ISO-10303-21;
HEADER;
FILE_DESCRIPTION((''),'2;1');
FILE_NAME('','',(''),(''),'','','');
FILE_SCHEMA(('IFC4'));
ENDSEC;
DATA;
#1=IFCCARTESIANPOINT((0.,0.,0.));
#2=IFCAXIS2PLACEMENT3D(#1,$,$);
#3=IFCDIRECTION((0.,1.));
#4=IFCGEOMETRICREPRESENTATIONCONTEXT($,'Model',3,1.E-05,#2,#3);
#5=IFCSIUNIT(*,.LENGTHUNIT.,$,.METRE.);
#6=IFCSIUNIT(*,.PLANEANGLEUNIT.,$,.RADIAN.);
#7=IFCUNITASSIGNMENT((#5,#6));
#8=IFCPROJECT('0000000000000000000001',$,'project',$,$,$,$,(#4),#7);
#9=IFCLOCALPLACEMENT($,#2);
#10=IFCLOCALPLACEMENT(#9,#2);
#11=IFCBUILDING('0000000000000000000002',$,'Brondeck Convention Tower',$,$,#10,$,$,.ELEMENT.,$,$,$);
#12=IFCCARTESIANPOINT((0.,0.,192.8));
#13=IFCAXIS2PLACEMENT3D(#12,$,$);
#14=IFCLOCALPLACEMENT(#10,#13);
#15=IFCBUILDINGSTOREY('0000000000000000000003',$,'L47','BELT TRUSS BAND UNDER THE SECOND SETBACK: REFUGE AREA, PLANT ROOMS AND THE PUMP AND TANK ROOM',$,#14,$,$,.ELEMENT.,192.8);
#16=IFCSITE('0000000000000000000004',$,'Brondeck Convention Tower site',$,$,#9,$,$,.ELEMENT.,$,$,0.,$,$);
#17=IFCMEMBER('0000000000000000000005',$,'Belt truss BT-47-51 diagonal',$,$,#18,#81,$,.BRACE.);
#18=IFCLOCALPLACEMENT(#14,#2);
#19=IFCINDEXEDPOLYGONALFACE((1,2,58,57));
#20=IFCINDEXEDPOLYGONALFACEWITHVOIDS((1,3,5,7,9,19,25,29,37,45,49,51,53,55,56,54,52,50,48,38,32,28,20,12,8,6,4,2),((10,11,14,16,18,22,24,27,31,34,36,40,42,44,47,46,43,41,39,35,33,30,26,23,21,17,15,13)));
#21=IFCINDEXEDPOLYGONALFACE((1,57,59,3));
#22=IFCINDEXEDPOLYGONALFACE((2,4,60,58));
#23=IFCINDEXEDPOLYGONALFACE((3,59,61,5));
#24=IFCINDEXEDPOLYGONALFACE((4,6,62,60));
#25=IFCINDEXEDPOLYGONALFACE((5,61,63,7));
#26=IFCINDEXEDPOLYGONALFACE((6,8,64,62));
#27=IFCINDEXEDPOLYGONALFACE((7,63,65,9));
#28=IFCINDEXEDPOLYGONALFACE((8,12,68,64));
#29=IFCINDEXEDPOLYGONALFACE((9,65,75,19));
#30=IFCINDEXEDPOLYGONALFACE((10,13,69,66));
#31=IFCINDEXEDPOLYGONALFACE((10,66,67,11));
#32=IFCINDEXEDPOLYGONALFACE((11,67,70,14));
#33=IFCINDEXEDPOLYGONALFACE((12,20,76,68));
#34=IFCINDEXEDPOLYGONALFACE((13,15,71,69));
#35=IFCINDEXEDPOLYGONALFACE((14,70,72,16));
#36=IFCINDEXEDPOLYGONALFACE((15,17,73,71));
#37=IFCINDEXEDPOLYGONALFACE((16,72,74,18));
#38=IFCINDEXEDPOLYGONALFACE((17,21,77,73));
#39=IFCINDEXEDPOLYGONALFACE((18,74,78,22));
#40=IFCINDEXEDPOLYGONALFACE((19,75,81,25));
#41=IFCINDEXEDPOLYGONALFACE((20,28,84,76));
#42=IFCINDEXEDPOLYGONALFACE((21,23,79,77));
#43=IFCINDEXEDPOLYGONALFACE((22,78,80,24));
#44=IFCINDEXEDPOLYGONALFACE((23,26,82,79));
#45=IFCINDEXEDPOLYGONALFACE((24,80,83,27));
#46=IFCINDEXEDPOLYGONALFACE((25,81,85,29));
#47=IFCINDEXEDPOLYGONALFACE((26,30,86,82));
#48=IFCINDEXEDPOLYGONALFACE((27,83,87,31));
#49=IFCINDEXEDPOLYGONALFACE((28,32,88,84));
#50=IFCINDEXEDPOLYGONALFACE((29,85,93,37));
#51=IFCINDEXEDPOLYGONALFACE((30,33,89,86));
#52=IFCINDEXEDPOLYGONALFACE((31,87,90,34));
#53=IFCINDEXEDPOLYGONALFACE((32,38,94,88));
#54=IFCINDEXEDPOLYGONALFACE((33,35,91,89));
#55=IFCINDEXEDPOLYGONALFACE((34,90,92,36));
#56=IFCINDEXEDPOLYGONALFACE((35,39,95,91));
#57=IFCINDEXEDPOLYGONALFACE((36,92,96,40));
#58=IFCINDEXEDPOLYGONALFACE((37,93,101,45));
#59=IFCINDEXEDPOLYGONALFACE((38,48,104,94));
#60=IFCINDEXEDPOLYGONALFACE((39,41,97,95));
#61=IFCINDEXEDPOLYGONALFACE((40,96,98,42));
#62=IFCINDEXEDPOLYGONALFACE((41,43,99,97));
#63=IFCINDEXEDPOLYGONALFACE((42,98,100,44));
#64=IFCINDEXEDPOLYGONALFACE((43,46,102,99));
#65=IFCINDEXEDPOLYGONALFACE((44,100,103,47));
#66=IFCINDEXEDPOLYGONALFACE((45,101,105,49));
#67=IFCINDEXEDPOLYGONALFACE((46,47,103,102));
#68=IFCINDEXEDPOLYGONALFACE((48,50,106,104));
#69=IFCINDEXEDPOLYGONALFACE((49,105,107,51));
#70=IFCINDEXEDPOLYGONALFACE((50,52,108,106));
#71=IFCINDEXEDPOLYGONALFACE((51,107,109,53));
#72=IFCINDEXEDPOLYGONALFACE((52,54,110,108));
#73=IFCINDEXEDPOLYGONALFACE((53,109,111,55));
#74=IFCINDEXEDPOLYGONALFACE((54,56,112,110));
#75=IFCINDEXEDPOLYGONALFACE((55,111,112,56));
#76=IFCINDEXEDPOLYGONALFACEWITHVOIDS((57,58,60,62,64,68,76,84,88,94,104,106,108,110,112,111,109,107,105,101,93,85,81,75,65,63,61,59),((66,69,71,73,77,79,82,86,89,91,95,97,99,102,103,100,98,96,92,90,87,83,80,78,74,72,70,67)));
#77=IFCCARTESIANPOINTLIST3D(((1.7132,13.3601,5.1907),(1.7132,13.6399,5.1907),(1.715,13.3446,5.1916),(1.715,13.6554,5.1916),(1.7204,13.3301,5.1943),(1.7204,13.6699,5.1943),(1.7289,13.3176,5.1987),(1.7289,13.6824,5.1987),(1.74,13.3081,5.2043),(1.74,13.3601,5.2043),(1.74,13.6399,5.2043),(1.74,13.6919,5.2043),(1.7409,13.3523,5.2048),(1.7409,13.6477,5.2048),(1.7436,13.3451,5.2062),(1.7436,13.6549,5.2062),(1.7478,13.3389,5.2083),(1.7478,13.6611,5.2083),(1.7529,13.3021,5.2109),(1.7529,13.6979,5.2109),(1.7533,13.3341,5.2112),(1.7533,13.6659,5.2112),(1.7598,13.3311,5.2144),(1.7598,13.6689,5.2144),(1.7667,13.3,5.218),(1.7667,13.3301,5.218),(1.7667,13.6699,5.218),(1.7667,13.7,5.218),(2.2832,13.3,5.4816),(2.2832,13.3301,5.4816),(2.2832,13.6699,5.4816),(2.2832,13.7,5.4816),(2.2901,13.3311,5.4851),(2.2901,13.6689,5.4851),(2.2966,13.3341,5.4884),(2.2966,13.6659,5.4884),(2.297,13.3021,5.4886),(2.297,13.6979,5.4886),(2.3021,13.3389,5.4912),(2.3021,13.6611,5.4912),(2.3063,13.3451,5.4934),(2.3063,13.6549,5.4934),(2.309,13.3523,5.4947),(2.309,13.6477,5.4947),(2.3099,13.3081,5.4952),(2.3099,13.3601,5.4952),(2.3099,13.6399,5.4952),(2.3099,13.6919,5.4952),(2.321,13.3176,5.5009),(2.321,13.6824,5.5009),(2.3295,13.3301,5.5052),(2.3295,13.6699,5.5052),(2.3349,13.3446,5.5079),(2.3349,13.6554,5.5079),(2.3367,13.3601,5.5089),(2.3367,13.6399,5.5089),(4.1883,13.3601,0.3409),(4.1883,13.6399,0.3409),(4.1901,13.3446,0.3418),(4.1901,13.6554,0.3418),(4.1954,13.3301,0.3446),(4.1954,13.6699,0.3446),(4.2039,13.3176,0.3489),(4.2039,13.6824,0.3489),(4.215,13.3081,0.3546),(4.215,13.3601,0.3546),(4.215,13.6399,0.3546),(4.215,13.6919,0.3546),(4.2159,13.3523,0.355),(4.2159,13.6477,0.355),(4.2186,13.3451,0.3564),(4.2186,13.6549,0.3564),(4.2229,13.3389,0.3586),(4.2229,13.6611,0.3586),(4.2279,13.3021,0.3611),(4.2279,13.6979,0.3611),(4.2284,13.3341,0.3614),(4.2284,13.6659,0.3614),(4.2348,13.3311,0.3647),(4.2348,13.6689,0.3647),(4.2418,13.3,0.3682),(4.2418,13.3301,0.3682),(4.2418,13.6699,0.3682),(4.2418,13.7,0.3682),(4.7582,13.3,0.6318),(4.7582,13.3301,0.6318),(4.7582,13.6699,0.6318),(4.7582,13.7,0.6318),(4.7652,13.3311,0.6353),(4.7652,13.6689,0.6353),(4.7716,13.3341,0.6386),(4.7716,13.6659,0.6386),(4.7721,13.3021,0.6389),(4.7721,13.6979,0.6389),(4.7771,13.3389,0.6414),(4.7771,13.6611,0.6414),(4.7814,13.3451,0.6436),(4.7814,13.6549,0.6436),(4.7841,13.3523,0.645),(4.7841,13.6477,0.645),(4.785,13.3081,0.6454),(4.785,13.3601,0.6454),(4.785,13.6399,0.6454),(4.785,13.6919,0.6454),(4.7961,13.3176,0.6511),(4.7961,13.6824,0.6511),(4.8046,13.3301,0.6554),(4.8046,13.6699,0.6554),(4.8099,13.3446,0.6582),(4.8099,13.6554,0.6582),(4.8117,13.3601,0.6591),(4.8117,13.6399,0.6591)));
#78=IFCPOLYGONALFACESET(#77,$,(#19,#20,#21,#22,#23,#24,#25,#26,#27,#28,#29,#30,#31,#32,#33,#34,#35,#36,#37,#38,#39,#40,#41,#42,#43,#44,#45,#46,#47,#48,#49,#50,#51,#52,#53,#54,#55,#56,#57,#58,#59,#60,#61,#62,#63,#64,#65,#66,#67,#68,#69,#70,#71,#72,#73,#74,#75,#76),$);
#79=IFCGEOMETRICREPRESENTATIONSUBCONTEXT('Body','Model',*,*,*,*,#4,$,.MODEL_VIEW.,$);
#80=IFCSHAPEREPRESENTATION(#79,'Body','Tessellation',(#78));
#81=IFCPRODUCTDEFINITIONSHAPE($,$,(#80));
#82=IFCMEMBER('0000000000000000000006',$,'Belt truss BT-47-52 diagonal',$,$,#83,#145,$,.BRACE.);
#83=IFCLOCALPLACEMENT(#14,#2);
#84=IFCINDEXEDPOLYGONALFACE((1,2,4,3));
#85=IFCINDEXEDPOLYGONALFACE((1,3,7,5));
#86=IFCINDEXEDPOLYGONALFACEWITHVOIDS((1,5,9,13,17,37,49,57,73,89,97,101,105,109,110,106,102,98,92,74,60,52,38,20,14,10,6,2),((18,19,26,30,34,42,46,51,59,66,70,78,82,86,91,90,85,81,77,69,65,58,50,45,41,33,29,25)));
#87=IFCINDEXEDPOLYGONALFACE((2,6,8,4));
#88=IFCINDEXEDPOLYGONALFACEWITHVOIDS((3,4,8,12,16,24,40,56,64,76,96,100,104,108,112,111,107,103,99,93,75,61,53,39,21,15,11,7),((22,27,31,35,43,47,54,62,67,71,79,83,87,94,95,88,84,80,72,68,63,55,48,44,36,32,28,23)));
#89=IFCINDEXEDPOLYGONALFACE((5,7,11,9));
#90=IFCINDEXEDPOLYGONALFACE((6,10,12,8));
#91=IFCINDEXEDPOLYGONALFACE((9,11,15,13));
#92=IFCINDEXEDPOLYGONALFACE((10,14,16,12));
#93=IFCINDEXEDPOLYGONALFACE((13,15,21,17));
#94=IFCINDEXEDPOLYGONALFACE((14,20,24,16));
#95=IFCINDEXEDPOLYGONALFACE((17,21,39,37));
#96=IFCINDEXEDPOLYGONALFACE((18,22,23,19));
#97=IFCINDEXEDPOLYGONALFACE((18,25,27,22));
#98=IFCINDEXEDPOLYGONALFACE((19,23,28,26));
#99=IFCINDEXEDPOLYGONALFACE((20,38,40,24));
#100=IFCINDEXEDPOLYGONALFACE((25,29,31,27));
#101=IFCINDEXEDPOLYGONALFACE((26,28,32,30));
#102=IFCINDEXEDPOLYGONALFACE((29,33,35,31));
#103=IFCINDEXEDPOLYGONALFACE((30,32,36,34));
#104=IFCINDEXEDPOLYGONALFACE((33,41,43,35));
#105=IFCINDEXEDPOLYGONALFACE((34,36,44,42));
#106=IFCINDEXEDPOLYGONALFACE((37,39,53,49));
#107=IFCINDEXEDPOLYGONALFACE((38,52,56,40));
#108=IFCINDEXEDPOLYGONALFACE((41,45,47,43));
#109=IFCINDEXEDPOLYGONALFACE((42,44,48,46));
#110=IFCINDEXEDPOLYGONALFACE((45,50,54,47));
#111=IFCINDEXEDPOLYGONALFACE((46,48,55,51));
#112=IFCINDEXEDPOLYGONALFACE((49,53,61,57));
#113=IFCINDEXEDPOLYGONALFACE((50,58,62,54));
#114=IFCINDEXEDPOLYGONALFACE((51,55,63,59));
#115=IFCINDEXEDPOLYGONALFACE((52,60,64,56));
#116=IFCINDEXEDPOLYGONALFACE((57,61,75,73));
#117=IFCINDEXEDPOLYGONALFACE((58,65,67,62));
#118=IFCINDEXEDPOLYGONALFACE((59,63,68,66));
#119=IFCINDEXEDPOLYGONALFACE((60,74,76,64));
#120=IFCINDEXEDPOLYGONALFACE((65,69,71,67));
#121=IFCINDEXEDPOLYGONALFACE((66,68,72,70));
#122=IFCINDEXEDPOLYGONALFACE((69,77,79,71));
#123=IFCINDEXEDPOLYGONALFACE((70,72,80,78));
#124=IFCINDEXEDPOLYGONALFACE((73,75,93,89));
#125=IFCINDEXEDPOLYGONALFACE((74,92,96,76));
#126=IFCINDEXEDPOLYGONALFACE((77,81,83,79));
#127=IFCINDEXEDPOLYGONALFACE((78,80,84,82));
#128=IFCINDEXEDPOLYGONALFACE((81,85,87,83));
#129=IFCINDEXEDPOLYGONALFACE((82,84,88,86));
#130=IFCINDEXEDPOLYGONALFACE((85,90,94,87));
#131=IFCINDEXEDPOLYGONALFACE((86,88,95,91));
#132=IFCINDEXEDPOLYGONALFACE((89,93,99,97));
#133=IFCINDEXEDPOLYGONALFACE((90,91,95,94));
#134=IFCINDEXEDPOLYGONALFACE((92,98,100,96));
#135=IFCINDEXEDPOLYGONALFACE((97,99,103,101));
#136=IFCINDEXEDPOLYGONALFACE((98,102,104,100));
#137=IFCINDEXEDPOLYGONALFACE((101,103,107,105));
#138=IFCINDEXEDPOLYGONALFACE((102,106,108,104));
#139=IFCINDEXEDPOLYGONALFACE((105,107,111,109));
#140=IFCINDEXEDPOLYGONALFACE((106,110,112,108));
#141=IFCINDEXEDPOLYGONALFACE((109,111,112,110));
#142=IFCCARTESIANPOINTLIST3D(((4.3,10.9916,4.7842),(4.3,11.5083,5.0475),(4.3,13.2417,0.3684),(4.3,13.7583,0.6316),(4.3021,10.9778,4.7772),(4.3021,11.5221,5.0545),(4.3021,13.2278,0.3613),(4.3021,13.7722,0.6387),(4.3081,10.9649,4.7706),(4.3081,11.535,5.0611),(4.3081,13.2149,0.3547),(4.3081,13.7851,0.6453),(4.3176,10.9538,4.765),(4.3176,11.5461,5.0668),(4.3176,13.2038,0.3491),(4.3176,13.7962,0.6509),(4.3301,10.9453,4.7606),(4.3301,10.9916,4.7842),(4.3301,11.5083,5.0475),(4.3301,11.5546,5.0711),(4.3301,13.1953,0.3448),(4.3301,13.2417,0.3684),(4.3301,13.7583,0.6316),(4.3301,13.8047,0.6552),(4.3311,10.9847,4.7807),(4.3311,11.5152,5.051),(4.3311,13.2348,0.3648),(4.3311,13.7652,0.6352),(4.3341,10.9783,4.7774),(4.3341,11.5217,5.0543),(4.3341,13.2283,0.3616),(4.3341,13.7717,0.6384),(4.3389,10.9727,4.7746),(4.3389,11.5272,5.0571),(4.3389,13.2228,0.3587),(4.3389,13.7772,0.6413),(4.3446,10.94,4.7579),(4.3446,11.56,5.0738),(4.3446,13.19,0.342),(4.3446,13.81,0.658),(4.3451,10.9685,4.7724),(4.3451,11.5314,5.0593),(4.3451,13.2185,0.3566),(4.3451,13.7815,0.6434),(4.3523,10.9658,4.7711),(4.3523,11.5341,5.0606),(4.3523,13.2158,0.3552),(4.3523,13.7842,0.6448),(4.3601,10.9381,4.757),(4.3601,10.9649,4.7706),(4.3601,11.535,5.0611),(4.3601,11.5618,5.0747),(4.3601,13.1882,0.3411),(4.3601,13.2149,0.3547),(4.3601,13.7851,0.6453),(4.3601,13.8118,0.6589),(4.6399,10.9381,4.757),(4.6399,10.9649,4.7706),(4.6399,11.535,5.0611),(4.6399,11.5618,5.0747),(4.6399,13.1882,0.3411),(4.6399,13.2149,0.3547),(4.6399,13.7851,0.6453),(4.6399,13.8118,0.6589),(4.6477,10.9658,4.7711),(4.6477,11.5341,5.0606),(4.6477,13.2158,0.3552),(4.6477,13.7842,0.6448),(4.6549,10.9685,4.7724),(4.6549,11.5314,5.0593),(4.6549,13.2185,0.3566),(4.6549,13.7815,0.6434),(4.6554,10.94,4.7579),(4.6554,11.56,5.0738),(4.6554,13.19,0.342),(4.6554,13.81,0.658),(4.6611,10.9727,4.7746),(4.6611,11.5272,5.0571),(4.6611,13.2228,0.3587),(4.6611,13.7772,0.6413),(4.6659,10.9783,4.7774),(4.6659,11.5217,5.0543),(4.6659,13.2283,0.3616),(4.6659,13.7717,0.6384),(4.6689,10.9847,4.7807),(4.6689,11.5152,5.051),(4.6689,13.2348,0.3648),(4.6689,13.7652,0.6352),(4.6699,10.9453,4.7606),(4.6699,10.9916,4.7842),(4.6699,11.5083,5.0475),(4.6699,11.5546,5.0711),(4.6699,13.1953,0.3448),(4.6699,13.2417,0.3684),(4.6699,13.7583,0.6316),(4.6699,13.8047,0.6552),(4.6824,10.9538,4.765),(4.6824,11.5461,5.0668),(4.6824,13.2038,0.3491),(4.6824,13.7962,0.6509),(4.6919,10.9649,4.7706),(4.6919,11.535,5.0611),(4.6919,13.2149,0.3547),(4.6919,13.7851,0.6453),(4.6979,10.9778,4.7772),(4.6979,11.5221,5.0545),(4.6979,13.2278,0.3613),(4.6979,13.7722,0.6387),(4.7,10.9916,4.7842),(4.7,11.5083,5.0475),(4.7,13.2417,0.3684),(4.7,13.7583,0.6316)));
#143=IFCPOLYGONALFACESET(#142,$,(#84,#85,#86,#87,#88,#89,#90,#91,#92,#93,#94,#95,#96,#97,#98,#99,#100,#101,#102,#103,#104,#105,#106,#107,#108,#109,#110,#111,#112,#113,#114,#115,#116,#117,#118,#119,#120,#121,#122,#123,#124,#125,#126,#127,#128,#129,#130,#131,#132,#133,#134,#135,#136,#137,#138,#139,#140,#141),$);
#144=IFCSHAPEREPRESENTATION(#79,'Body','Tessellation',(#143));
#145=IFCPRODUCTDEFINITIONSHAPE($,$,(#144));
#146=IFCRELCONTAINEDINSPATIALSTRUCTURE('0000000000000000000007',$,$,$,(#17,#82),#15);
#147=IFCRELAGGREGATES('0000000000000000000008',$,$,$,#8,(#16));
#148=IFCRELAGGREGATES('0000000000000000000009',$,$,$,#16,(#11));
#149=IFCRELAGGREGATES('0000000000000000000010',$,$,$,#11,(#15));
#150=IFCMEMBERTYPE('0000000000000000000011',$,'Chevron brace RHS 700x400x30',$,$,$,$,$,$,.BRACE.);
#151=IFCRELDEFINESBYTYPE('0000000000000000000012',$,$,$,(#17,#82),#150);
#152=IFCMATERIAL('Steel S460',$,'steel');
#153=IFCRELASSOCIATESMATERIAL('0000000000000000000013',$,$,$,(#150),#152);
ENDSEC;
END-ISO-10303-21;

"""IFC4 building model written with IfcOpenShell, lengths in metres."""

from ifc_helpers import new_model, si_unit, direction, frame, origin, origin_2d, place, context, subcontext, project, spatial, hollow_rectangle, extrude, material, material_profile, profile_set, type_object, element, save


model = new_model("IFC4")

# Units and contexts
model_context = context("Model", 3, precision=1e-05, world=origin(), true_north=direction((0.0, 1.0)))
body_context = subcontext(model_context, "Body", "Model", "MODEL_VIEW")
ifc_project = project(units=[si_unit("LENGTHUNIT", "METRE"), si_unit("PLANEANGLEUNIT", "RADIAN")], contexts=[model_context])

# Site, building, storey
site_placement = place(None, origin())
site = spatial("IfcSite", under=ifc_project, at=site_placement, Name="Brondeck Convention Tower site", CompositionType="ELEMENT", RefElevation=0.0)
building_placement = place(site_placement, origin())
building = spatial("IfcBuilding", under=site, at=building_placement, Name="Brondeck Convention Tower", CompositionType="ELEMENT")
storey_placement = place(building_placement, frame((0.0, 0.0, 192.8)))
storey = spatial("IfcBuildingStorey", under=building, at=storey_placement, Name="L47", Description="BELT TRUSS BAND UNDER THE SECOND SETBACK: REFUGE AREA, PLANT ROOMS AND THE PUMP AND TANK ROOM", CompositionType="ELEMENT", Elevation=192.8)

# Members
ifc_material_1 = material(Name="Steel S460", Category="steel")
ifc_material_profile_1 = material_profile(ifc_material_1, hollow_rectangle(XDim=0.3999, YDim=0.7, WallThickness=0.03, InnerFilletRadius=0.03, OuterFilletRadius=0.0601, at=origin_2d()), Name="RHS 700x400x30")
ifc_profile_set_1 = profile_set([ifc_material_profile_1], Name="Steel S460")
member_type_1 = type_object("IfcMemberType", Name="Chevron brace RHS 700x400x30", PredefinedType="BRACE", material=ifc_profile_set_1)
for number, where, z_axis, x_axis, name in (
    (1, (4.5, 13.5, 0.5), (-0.45457, 0.0, 0.890711), (0.0, -1.0, 0.0), "Belt truss BT-47-51 diagonal"),
):
    element("IfcMember", number, at=place(storey_placement, frame(where, z_axis=z_axis, x_axis=x_axis)), inside=storey, type_object=member_type_1, Name=name, PredefinedType="BRACE", context=body_context, shape_type="SweptSolid", body=[
        extrude(hollow_rectangle(XDim=0.3999, YDim=0.7, WallThickness=0.03, InnerFilletRadius=0.03, OuterFilletRadius=0.0601, at=origin_2d()), origin(), (0.0, 0.0, 1.0), 5.4448),
    ])
member_1_placement = place(storey_placement, frame((4.5, 13.5, 0.5), z_axis=(0.0, -0.453999, 0.891002), x_axis=(1.0, 0.0, 0.0)))
element("IfcMember", 2, at=member_1_placement, inside=storey, type_object=member_type_1, Name="Belt truss BT-47-52 diagonal", PredefinedType="BRACE", context=body_context, shape_type="SweptSolid", body=[
    extrude(hollow_rectangle(XDim=0.3999, YDim=0.7, WallThickness=0.03, InnerFilletRadius=0.03, OuterFilletRadius=0.0601, at=origin_2d()), origin(), (0.0, 0.0, 1.0), 4.9561),
])

save(model, "model.ifc")
